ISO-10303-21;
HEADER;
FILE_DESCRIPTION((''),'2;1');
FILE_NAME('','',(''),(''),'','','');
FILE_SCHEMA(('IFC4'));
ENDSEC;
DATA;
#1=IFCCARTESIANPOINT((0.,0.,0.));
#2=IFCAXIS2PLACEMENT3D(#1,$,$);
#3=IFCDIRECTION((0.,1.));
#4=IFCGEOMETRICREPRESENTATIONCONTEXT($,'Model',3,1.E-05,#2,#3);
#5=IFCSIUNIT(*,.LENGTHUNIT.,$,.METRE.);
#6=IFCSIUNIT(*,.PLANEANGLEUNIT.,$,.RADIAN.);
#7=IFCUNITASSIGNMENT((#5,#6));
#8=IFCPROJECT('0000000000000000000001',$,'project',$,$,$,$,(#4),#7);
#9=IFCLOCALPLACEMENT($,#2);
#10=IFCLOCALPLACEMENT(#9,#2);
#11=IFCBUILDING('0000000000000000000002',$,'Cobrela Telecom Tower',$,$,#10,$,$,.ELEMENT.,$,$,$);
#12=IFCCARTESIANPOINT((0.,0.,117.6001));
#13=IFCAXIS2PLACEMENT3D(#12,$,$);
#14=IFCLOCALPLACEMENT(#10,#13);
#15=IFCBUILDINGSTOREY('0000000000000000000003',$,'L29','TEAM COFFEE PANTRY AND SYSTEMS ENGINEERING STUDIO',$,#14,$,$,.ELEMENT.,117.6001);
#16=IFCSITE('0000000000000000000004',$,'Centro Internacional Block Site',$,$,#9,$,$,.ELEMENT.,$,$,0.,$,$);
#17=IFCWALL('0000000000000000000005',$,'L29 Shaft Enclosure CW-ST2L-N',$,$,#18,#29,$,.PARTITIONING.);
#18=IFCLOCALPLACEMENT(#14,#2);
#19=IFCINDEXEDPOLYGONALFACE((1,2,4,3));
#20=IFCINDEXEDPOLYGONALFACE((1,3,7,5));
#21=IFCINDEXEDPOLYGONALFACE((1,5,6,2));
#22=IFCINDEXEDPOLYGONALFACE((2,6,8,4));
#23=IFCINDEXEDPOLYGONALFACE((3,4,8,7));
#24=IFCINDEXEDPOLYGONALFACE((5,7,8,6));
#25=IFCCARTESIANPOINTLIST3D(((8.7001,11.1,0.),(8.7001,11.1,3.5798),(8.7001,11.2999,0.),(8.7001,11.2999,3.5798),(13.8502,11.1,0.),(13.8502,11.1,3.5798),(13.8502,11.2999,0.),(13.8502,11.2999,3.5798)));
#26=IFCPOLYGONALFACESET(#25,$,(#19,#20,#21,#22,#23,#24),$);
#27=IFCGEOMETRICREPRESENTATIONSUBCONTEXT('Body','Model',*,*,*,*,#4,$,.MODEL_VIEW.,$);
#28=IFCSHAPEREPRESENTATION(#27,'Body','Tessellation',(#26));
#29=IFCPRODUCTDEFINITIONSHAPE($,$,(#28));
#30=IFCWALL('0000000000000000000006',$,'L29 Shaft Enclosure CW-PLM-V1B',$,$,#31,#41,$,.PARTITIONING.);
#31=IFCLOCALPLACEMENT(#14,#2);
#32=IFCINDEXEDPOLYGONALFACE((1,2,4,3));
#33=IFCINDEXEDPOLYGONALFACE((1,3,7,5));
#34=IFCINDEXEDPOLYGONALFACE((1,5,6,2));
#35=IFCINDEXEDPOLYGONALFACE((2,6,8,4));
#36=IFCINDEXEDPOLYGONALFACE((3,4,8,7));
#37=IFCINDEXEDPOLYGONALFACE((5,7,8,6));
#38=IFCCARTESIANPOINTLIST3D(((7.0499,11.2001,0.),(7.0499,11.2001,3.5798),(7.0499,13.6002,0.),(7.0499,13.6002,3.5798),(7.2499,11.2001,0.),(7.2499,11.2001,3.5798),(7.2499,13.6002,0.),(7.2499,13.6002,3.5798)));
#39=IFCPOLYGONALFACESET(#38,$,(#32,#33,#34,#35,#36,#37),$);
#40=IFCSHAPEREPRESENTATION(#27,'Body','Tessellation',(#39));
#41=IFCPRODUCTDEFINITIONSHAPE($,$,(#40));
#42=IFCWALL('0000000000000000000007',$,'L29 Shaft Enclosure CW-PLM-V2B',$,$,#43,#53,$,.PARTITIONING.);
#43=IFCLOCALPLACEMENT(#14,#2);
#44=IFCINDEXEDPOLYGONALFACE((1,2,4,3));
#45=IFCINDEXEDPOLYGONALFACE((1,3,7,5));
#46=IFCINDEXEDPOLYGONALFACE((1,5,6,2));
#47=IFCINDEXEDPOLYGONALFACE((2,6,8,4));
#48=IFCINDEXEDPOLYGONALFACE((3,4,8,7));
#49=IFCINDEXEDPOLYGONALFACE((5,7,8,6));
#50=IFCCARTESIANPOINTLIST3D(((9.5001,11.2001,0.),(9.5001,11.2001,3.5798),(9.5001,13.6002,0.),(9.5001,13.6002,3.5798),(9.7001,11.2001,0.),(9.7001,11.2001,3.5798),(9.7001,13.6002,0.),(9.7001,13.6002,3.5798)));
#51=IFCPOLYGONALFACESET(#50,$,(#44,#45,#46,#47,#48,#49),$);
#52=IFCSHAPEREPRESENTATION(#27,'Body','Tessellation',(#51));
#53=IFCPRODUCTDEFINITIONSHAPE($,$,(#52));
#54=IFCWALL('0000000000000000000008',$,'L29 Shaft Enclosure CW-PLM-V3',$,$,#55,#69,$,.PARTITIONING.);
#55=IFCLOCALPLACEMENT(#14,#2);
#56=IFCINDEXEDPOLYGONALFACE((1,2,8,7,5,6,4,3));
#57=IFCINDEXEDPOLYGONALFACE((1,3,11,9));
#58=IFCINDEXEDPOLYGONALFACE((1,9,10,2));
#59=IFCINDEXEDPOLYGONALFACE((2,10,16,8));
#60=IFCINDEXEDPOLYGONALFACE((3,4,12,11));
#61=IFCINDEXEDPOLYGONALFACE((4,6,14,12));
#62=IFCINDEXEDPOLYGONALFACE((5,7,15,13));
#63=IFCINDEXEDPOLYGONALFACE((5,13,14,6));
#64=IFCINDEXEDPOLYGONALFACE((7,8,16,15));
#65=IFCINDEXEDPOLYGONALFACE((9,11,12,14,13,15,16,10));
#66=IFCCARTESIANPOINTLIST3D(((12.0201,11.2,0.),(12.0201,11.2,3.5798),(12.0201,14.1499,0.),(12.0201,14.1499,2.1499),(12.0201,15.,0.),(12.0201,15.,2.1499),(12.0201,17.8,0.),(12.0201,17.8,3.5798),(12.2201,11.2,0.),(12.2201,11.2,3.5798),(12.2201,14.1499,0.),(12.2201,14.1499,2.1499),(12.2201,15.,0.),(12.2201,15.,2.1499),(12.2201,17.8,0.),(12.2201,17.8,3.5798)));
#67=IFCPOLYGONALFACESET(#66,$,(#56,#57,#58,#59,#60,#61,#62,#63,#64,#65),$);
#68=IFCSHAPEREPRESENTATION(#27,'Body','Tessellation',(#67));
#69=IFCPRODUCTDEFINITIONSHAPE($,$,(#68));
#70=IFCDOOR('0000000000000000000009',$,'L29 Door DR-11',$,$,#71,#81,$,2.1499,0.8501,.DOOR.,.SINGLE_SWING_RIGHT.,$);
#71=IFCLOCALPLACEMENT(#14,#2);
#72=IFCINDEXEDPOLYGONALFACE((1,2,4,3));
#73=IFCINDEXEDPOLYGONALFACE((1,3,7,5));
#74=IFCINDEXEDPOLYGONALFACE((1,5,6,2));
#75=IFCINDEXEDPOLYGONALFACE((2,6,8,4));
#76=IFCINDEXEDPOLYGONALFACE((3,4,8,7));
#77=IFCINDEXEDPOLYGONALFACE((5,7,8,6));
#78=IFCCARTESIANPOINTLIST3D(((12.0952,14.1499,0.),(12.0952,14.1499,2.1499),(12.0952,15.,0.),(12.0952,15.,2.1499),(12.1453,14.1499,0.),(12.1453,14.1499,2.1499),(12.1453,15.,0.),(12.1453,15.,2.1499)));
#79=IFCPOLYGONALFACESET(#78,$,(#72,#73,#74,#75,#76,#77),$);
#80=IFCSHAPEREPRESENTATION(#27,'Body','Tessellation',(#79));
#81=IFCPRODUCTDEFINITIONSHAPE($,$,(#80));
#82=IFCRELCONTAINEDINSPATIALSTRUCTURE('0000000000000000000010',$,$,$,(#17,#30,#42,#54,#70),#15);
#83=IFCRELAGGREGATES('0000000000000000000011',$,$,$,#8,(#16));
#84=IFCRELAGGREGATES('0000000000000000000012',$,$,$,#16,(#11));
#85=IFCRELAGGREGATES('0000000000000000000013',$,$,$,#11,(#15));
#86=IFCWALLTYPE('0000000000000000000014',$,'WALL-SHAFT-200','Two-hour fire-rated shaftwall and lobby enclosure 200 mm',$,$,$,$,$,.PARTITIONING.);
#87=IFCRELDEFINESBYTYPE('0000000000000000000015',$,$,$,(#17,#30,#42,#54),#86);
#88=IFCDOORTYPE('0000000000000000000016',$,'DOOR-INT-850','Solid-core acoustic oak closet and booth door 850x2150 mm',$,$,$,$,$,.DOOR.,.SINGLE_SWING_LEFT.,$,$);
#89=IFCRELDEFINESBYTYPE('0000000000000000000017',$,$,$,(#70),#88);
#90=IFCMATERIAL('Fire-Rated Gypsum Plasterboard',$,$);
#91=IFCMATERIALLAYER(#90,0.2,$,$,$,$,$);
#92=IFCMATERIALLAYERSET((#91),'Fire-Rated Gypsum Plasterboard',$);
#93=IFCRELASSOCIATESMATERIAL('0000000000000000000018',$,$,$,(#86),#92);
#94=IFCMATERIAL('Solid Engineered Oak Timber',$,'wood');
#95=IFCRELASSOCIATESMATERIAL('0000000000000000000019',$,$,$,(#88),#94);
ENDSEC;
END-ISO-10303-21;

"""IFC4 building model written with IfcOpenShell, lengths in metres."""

from ifc_helpers import new_model, si_unit, direction, frame, frame_2d, origin, place, context, subcontext, project, spatial, rectangle, extrude, material, layer, layer_set, type_object, element, fill, save


model = new_model("IFC4")

# Units and contexts
model_context = context("Model", 3, precision=1e-05, world=origin(), true_north=direction((0.0, 1.0)))
body_context = subcontext(model_context, "Body", "Model", "MODEL_VIEW")
ifc_project = project(units=[si_unit("LENGTHUNIT", "METRE"), si_unit("PLANEANGLEUNIT", "RADIAN")], contexts=[model_context])

# Site, building, storey
site_placement = place(None, origin())
site = spatial("IfcSite", under=ifc_project, at=site_placement, Name="Centro Internacional Block Site", CompositionType="ELEMENT", RefElevation=0.0)
building_placement = place(site_placement, origin())
building = spatial("IfcBuilding", under=site, at=building_placement, Name="Cobrela Telecom Tower", CompositionType="ELEMENT")
storey_placement = place(building_placement, frame((0.0, 0.0, 117.6001)))
storey = spatial("IfcBuildingStorey", under=building, at=storey_placement, Name="L29", Description="TEAM COFFEE PANTRY AND SYSTEMS ENGINEERING STUDIO", CompositionType="ELEMENT", Elevation=117.6001)

# Shared definitions
ifc_material_1 = material(Name="Fire-Rated Gypsum Plasterboard")

# Shared definitions
ifc_material_2 = material(Name="Solid Engineered Oak Timber", Category="wood")

# Walls
ifc_layer_1 = layer(ifc_material_1, 0.2)
ifc_layer_set_1 = layer_set([ifc_layer_1], Name="Fire-Rated Gypsum Plasterboard")
wall_type_1 = type_object("IfcWallType", Name="WALL-SHAFT-200", Description="Two-hour fire-rated shaftwall and lobby enclosure 200 mm", PredefinedType="PARTITIONING", material=ifc_layer_set_1)
wall_1_placement = place(storey_placement, frame((8.7, 11.2, 0.0), z_axis=(0.0, 0.0, 1.0), x_axis=(1.0, 0.0, 0.0)))
element("IfcWall", 1, at=wall_1_placement, inside=storey, type_object=wall_type_1, Name="L29 Shaft Enclosure CW-ST2L-N", PredefinedType="PARTITIONING", context=body_context, shape_type="SweptSolid", body=[
    extrude(rectangle(XDim=5.1501, YDim=0.2, at=frame_2d((2.5752, 0.0))), origin(), (0.0, 0.0, 1.0), 3.5798),
])
for number, where, z_axis, x_axis, name in (
    (2, (7.1499, 11.2, 0.0), (0.0, 0.0, 1.0), (0.0, 1.0, 0.0), "L29 Shaft Enclosure CW-PLM-V1B"),
    (3, (9.6001, 11.2, 0.0), (0.0, 0.0, 1.0), (0.0, 1.0, 0.0), "L29 Shaft Enclosure CW-PLM-V2B"),
):
    element("IfcWall", number, at=place(storey_placement, frame(where, z_axis=z_axis, x_axis=x_axis)), inside=storey, type_object=wall_type_1, Name=name, PredefinedType="PARTITIONING", context=body_context, shape_type="SweptSolid", body=[
        extrude(rectangle(XDim=2.4001, YDim=0.2, at=frame_2d((1.2002, 0.0))), origin(), (0.0, 0.0, 1.0), 3.5798),
    ])

# Wall, opening, door
wall_2_placement = place(storey_placement, frame((12.1201, 11.2, 0.0), z_axis=(0.0, 0.0, 1.0), x_axis=(0.0, 1.0, 0.0)))
wall_2 = element("IfcWall", 4, at=wall_2_placement, inside=storey, type_object=wall_type_1, Name="L29 Shaft Enclosure CW-PLM-V3", PredefinedType="PARTITIONING", context=body_context, shape_type="SweptSolid", body=[
    extrude(rectangle(XDim=6.6001, YDim=0.2, at=frame_2d((3.3, 0.0))), origin(), (0.0, 0.0, 1.0), 3.5798),
])
opening_1_placement = place(wall_2_placement, frame((2.95, 0.0, 0.0)))
opening_1 = element("IfcOpeningElement", 5, at=opening_1_placement, cuts=wall_2, PredefinedType="OPENING", context=body_context, shape_type="SweptSolid", body=[
    extrude(rectangle(XDim=0.8501, YDim=2.1499, at=frame_2d((0.425, 1.075))), frame((0.0, 0.1118, 0.0), z_axis=(0.0, -1.0, 0.0), x_axis=(1.0, 0.0, 0.0)), (0.0, 0.0, 1.0), 0.2239),
])
door_type_1 = type_object("IfcDoorType", Name="DOOR-INT-850", Description="Solid-core acoustic oak closet and booth door 850x2150 mm", OperationType="SINGLE_SWING_LEFT", PredefinedType="DOOR", material=ifc_material_2)
door_1_placement = place(opening_1_placement, origin())
door_1 = element("IfcDoor", 6, at=door_1_placement, inside=storey, type_object=door_type_1, Name="L29 Door DR-11", OperationType="SINGLE_SWING_RIGHT", OverallHeight=2.1499, OverallWidth=0.8501, PredefinedType="DOOR", context=body_context, shape_type="SweptSolid", body=[
    extrude(rectangle(XDim=0.8501, YDim=2.1499, at=frame_2d((0.425, 1.075))), frame((0.0, 0.0249, 0.0), z_axis=(0.0, -1.0, 0.0), x_axis=(1.0, 0.0, 0.0)), (0.0, 0.0, 1.0), 0.05),
])
fill(opening_1, door_1)

save(model, "model.ifc")
